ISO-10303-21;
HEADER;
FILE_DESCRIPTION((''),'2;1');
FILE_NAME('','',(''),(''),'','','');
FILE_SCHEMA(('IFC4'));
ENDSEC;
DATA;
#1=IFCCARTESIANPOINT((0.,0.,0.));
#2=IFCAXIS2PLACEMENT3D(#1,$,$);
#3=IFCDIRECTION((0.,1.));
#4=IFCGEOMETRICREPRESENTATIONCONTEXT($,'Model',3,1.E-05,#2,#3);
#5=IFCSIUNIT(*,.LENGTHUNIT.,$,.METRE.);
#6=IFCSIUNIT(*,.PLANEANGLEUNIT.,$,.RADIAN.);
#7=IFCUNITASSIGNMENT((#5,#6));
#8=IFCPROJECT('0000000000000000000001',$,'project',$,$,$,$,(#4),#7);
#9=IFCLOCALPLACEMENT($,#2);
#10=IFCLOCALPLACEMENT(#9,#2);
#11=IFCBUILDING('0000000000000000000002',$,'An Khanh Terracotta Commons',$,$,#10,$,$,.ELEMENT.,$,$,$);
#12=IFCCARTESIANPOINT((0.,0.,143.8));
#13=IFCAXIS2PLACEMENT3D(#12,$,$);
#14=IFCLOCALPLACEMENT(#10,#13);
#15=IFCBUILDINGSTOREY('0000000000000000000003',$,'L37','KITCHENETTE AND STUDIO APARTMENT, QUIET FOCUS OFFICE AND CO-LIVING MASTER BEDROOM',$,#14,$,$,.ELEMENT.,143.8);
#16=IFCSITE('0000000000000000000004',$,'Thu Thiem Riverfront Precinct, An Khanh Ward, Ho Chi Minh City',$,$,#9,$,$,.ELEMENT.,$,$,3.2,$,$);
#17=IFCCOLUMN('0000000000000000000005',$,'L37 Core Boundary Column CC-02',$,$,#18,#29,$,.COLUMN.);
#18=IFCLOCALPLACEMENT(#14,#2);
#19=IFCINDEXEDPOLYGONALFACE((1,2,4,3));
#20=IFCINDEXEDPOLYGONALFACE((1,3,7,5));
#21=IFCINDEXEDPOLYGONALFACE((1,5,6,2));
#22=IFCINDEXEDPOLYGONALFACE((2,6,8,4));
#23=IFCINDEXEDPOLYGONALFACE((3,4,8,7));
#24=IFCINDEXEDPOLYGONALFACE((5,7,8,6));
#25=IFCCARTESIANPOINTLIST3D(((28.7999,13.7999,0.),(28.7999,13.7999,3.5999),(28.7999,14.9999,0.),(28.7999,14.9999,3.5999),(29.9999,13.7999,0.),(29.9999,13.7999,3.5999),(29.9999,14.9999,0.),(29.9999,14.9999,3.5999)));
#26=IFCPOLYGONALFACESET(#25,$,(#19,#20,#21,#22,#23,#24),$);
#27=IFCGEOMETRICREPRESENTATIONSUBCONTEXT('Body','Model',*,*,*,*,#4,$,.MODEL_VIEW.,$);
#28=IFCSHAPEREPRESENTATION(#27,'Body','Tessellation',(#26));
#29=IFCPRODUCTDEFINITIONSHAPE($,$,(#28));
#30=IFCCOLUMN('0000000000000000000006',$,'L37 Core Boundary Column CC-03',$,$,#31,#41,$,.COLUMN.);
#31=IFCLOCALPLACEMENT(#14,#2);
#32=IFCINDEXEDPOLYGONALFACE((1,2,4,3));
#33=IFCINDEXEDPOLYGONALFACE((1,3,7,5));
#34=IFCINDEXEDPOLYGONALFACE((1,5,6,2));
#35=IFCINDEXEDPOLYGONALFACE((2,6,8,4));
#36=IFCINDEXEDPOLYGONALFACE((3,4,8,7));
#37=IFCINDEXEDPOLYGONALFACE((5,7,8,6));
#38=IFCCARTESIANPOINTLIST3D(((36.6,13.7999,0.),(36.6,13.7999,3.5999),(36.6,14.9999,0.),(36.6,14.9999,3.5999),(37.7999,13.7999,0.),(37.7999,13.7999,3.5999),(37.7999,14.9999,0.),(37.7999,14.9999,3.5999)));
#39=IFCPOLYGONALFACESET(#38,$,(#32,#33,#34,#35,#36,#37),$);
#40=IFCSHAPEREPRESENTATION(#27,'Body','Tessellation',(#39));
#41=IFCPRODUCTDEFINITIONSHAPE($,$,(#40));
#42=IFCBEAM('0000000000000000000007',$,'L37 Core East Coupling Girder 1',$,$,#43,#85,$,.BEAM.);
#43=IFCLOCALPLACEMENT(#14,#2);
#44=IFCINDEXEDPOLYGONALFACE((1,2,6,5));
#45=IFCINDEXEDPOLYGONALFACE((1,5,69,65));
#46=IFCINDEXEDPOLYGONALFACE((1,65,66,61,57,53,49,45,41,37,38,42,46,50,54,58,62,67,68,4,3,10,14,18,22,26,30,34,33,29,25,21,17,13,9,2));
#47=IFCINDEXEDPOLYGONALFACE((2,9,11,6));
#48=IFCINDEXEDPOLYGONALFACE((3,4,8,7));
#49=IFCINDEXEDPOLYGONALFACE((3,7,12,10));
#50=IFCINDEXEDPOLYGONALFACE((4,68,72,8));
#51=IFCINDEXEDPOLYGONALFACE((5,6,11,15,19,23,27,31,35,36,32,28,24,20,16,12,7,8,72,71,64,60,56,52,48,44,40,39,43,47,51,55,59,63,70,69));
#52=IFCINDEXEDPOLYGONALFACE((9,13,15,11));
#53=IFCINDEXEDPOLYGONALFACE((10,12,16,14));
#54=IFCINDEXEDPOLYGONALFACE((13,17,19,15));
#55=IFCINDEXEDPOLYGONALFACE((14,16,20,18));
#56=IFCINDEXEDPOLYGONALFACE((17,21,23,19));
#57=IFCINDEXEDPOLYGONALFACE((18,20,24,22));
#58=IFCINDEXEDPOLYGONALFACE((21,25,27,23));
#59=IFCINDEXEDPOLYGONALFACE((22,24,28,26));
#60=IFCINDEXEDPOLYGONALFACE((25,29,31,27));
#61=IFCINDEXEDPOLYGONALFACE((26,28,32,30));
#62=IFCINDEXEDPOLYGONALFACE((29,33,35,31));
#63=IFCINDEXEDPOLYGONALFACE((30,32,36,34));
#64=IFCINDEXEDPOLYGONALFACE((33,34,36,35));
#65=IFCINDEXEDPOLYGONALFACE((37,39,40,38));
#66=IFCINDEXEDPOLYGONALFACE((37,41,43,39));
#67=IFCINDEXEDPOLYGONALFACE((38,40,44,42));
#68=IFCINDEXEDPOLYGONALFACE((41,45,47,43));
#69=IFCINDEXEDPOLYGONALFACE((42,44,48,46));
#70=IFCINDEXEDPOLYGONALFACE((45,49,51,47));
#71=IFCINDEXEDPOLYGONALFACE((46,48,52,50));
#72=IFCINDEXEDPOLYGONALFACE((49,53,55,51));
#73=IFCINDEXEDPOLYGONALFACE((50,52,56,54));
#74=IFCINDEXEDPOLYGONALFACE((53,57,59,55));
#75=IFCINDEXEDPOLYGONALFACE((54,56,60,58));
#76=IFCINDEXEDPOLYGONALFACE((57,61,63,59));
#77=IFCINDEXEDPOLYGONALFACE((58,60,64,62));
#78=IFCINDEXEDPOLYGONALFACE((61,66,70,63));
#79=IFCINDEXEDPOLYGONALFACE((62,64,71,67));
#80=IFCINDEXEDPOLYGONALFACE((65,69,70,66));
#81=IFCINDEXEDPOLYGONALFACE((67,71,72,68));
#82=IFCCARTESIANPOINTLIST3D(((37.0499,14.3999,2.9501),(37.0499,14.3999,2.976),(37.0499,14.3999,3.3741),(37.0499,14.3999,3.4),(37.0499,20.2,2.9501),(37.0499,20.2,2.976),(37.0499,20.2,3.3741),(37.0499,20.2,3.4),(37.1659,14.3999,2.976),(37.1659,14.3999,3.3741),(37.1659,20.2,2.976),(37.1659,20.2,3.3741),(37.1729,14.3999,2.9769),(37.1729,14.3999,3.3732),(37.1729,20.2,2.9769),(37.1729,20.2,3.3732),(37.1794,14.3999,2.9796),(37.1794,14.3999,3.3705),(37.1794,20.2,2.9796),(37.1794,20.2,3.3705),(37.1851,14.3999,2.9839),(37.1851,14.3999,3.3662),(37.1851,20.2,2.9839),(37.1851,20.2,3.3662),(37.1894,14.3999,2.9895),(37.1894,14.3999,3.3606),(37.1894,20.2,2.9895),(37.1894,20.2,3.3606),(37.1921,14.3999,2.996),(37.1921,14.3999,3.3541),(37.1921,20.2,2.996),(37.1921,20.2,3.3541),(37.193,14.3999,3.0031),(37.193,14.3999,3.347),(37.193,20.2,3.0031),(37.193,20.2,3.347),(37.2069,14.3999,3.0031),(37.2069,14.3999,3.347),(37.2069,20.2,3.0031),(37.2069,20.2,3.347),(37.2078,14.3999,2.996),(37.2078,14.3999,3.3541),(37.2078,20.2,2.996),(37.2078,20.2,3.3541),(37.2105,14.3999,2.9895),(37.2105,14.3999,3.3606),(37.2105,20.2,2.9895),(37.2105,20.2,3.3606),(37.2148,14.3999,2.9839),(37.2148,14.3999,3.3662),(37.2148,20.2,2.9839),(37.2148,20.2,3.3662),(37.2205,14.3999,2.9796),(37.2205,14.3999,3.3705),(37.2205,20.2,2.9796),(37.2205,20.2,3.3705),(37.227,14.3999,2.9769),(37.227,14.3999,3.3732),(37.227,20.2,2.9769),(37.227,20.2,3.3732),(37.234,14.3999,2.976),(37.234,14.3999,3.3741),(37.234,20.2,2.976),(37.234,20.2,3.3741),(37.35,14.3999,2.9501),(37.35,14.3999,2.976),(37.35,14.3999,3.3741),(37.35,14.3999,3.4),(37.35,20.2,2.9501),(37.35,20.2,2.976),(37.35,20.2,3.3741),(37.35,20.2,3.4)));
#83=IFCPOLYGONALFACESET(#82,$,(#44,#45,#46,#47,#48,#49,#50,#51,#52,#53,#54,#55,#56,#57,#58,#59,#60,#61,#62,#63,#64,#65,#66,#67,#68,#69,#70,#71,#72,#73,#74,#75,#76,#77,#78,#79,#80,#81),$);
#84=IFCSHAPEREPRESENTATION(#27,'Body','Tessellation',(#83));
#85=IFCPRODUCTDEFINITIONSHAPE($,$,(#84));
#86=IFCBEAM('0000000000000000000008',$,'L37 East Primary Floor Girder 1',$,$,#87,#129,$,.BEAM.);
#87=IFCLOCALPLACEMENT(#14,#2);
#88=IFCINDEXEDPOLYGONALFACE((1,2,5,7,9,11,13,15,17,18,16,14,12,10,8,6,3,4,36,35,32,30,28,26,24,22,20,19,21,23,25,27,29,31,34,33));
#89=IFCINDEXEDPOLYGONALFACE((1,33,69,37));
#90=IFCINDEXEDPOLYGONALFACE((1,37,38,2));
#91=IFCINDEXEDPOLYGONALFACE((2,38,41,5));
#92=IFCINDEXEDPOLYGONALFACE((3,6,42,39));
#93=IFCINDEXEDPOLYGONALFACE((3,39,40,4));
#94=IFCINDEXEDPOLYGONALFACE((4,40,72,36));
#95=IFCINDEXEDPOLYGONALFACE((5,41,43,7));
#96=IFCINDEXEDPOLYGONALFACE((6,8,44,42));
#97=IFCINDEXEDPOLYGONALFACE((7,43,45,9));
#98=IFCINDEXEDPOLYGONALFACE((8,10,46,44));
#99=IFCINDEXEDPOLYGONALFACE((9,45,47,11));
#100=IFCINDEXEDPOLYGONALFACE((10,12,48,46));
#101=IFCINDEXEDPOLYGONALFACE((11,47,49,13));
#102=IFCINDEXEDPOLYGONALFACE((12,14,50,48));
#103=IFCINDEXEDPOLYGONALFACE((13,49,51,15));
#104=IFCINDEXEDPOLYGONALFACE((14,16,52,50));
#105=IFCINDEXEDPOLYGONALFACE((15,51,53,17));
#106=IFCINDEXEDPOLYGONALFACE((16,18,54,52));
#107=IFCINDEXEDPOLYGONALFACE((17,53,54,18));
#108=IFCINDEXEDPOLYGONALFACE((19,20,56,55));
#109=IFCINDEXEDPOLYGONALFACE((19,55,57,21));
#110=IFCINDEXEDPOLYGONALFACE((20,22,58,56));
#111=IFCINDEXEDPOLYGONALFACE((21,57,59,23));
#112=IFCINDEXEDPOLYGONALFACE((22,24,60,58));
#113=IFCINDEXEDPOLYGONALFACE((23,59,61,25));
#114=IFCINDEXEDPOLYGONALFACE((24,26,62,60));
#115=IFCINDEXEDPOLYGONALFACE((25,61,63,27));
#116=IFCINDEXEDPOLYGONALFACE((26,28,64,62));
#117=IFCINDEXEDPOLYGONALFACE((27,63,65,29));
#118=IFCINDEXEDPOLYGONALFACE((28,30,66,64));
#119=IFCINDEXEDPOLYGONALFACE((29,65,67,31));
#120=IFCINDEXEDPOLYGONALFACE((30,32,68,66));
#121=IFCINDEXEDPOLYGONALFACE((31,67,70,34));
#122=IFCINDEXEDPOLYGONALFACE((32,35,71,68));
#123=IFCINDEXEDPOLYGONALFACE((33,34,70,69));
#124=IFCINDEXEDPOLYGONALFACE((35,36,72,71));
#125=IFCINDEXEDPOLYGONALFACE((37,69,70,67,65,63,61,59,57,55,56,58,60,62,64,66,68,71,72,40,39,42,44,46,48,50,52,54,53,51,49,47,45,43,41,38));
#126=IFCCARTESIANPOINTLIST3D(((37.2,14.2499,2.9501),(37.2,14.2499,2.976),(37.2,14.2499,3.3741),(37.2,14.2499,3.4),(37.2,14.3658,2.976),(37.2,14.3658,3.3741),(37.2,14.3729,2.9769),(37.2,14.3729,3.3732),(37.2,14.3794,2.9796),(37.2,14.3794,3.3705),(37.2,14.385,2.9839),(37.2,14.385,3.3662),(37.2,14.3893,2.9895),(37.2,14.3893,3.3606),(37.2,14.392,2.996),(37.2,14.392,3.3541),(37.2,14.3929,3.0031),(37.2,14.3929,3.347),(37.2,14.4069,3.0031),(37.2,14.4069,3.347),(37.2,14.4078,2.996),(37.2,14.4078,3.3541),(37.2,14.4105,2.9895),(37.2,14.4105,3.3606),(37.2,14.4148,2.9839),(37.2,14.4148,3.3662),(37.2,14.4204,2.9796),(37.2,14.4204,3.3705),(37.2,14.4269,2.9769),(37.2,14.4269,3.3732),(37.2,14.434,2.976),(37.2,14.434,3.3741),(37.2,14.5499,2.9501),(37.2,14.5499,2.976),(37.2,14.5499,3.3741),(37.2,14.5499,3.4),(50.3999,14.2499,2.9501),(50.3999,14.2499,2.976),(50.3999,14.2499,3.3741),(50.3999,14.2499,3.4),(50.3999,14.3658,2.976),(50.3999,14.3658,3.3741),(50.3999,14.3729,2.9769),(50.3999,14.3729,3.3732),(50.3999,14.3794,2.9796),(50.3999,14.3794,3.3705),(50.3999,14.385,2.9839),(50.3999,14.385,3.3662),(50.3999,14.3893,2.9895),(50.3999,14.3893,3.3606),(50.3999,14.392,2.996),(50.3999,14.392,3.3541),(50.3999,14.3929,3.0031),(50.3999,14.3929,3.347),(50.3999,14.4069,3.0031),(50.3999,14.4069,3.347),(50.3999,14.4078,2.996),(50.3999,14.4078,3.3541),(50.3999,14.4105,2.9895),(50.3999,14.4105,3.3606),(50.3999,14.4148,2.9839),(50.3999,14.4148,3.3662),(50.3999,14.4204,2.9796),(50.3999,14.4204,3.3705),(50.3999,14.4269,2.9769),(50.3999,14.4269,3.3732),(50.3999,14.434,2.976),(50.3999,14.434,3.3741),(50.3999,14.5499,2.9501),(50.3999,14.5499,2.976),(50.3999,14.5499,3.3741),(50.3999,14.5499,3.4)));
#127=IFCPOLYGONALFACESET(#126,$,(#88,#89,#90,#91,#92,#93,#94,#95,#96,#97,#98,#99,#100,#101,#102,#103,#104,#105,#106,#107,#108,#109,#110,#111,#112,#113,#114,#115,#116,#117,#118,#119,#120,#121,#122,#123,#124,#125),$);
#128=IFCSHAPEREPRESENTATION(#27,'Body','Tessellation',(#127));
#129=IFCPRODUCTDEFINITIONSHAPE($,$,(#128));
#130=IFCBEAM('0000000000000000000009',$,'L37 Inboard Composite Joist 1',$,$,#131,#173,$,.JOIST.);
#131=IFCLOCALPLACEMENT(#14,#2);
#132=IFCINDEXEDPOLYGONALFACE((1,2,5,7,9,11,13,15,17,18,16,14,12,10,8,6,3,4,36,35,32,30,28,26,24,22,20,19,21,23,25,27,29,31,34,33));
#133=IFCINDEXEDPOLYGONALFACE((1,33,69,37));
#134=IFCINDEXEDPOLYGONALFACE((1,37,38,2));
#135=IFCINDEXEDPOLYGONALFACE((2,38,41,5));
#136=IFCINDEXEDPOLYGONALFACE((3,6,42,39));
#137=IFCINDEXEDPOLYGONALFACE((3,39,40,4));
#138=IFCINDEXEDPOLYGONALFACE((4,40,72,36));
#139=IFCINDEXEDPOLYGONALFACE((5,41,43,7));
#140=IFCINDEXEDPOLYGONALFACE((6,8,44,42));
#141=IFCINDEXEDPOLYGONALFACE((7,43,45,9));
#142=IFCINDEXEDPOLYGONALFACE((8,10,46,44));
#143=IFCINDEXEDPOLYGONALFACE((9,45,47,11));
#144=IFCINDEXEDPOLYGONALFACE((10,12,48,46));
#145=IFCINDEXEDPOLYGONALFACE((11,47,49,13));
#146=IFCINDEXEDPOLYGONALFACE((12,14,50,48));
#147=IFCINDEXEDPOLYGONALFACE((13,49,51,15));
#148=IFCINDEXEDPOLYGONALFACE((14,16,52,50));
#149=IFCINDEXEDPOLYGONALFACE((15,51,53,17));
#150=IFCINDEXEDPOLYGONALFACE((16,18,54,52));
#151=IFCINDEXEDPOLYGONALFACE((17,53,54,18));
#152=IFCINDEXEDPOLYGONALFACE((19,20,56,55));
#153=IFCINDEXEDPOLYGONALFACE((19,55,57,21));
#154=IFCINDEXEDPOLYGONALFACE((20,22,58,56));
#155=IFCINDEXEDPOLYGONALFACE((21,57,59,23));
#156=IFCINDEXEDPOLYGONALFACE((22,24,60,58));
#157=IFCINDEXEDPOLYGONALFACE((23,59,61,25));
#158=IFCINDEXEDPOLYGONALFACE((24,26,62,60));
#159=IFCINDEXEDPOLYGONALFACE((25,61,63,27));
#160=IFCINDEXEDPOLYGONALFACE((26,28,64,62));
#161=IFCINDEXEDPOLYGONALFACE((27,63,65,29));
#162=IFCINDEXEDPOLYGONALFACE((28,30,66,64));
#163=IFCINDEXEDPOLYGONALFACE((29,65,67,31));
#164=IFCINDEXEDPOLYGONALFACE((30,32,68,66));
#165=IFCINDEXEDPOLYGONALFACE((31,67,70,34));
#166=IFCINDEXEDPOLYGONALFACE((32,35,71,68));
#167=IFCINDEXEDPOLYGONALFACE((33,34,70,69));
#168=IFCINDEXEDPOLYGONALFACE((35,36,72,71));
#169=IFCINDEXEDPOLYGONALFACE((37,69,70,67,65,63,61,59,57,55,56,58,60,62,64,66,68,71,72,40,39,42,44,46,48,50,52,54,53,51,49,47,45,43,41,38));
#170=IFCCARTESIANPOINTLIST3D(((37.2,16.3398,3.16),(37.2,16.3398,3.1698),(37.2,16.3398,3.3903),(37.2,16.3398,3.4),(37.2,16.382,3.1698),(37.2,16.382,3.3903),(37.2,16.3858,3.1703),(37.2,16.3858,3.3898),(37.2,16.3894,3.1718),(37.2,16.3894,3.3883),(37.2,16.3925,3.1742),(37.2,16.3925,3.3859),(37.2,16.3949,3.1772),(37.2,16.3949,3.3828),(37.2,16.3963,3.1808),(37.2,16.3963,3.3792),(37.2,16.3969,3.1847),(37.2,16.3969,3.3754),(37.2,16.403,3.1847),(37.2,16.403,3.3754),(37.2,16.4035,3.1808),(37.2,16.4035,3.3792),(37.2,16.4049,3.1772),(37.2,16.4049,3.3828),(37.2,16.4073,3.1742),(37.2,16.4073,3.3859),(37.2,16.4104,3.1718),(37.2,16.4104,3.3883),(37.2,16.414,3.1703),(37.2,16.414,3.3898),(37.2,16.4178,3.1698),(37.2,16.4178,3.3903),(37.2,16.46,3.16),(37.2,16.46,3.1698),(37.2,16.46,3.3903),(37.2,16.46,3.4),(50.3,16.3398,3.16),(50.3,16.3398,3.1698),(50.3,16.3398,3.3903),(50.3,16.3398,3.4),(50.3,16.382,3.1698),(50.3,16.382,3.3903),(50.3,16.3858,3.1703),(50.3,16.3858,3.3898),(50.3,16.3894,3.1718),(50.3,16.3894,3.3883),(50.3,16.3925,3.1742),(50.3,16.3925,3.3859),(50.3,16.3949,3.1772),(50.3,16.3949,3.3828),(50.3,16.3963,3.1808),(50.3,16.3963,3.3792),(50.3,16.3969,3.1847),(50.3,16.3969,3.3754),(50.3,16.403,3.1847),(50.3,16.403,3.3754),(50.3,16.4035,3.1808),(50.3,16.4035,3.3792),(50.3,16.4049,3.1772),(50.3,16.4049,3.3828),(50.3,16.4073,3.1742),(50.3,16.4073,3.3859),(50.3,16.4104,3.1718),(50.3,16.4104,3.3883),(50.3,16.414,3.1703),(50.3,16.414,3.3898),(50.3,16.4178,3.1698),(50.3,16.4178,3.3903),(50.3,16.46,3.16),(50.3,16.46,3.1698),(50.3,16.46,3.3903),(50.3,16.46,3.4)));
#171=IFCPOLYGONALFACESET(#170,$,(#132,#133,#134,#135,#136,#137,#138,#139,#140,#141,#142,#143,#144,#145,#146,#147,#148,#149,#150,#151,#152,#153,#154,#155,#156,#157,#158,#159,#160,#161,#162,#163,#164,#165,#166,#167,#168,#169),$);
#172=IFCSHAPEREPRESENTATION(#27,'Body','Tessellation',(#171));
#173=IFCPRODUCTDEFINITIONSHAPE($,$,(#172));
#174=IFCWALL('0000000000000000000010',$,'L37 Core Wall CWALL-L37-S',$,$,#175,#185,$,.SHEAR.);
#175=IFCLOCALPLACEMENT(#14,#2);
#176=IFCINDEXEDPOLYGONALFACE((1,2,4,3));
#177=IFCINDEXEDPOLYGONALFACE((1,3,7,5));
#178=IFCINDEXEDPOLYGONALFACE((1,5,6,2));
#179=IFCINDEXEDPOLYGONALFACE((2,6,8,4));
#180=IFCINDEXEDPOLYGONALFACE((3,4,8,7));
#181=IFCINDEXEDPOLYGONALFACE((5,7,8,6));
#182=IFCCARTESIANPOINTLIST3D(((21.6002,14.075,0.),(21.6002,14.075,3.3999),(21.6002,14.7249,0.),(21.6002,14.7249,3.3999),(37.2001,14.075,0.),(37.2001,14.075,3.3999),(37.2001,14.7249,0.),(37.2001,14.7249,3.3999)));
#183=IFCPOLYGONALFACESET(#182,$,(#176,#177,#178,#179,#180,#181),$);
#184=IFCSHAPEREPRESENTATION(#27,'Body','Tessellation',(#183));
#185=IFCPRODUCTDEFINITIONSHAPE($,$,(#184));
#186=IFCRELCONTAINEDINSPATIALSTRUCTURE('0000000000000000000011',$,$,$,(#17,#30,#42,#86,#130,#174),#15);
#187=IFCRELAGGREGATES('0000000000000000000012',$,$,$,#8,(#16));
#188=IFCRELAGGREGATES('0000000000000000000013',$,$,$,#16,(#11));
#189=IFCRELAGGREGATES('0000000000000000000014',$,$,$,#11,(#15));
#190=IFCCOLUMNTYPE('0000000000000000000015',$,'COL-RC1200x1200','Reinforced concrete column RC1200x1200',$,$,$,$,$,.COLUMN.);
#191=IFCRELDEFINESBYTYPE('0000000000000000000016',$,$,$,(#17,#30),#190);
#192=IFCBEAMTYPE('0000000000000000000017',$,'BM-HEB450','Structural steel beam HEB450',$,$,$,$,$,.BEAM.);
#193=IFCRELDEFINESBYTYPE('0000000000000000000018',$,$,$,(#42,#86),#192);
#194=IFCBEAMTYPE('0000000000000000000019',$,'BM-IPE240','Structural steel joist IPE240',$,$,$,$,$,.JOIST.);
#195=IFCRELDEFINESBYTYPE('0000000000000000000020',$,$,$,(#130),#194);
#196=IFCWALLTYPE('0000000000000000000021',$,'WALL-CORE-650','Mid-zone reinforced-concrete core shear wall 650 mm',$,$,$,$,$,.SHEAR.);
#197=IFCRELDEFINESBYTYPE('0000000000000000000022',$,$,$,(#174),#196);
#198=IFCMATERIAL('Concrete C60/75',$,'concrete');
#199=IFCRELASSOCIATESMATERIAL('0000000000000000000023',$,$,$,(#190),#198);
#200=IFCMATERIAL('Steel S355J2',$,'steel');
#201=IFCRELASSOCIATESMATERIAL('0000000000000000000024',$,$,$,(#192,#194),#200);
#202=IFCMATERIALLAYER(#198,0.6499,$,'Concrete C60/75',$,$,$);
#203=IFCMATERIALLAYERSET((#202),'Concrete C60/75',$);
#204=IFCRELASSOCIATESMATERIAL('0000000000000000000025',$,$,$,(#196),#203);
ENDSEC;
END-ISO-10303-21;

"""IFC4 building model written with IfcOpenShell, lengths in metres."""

from ifc_helpers import new_model, si_unit, direction, frame, frame_2d, origin, origin_2d, place, context, subcontext, project, spatial, rectangle, i_section, extrude, material, layer, layer_set, material_profile, profile_set, type_object, element, save


model = new_model("IFC4")

# Units and contexts
model_context = context("Model", 3, precision=1e-05, world=origin(), true_north=direction((0.0, 1.0)))
body_context = subcontext(model_context, "Body", "Model", "MODEL_VIEW")
ifc_project = project(units=[si_unit("LENGTHUNIT", "METRE"), si_unit("PLANEANGLEUNIT", "RADIAN")], contexts=[model_context])

# Site, building, storey
site_placement = place(None, origin())
site = spatial("IfcSite", under=ifc_project, at=site_placement, Name="Thu Thiem Riverfront Precinct, An Khanh Ward, Ho Chi Minh City", CompositionType="ELEMENT", RefElevation=3.2)
building_placement = place(site_placement, origin())
building = spatial("IfcBuilding", under=site, at=building_placement, Name="An Khanh Terracotta Commons", CompositionType="ELEMENT")
storey_placement = place(building_placement, frame((0.0, 0.0, 143.8)))
storey = spatial("IfcBuildingStorey", under=building, at=storey_placement, Name="L37", Description="KITCHENETTE AND STUDIO APARTMENT, QUIET FOCUS OFFICE AND CO-LIVING MASTER BEDROOM", CompositionType="ELEMENT", Elevation=143.8)

# Columns
ifc_material_1 = material(Name="Concrete C60/75", Category="concrete")
ifc_material_profile_1 = material_profile(ifc_material_1, rectangle(XDim=1.2, YDim=1.2, at=origin_2d()), Name="RC1200x1200")
ifc_profile_set_1 = profile_set([ifc_material_profile_1], Name="Concrete C60/75")
column_type = type_object("IfcColumnType", Name="COL-RC1200x1200", Description="Reinforced concrete column RC1200x1200", PredefinedType="COLUMN", material=ifc_profile_set_1)
for number, where, z_axis, x_axis, name in (
    (1, (29.3999, 14.3999, 0.0), (0.0, 0.0, 1.0), (1.0, 0.0, 0.0), "L37 Core Boundary Column CC-02"),
    (2, (37.2, 14.3999, 0.0), (0.0, 0.0, 1.0), (1.0, 0.0, 0.0), "L37 Core Boundary Column CC-03"),
):
    element("IfcColumn", number, at=place(storey_placement, frame(where, z_axis=z_axis, x_axis=x_axis)), inside=storey, type_object=column_type, Name=name, PredefinedType="COLUMN", context=body_context, shape_type="SweptSolid", body=[
        extrude(rectangle(XDim=1.2, YDim=1.2, at=origin_2d()), origin(), (0.0, 0.0, 1.0), 3.5999),
    ])

# Beams
ifc_material_2 = material(Name="Steel S355J2", Category="steel")
ifc_material_profile_2 = material_profile(ifc_material_2, i_section(OverallWidth=0.3, OverallDepth=0.45, WebThickness=0.0139, FlangeThickness=0.0259, FilletRadius=0.0271, at=origin_2d()), Name="HEB450")
ifc_profile_set_2 = profile_set([ifc_material_profile_2], Name="Steel S355J2")
beam_type_1 = type_object("IfcBeamType", Name="BM-HEB450", Description="Structural steel beam HEB450", PredefinedType="BEAM", material=ifc_profile_set_2)
beam_1_placement = place(storey_placement, frame((37.2, 14.3999, 3.175), z_axis=(0.0, 1.0, 0.0), x_axis=(-1.0, 0.0, 0.0)))
element("IfcBeam", 3, at=beam_1_placement, inside=storey, type_object=beam_type_1, Name="L37 Core East Coupling Girder 1", PredefinedType="BEAM", context=body_context, shape_type="SweptSolid", body=[
    extrude(i_section(OverallWidth=0.3, OverallDepth=0.45, WebThickness=0.0139, FlangeThickness=0.0259, FilletRadius=0.0271, at=origin_2d()), origin(), (0.0, 0.0, 1.0), 5.8),
])
beam_2_placement = place(storey_placement, frame((37.2, 14.3999, 3.175), z_axis=(1.0, 0.0, 0.0), x_axis=(0.0, 1.0, 0.0)))
element("IfcBeam", 4, at=beam_2_placement, inside=storey, type_object=beam_type_1, Name="L37 East Primary Floor Girder 1", PredefinedType="BEAM", context=body_context, shape_type="SweptSolid", body=[
    extrude(i_section(OverallWidth=0.3, OverallDepth=0.45, WebThickness=0.0139, FlangeThickness=0.0259, FilletRadius=0.0271, at=origin_2d()), origin(), (0.0, 0.0, 1.0), 13.2),
])
ifc_material_profile_3 = material_profile(ifc_material_2, i_section(OverallWidth=0.1201, OverallDepth=0.24, WebThickness=0.0061, FlangeThickness=0.0098, FilletRadius=0.0149, at=origin_2d()), Name="IPE240")
ifc_profile_set_3 = profile_set([ifc_material_profile_3], Name="Steel S355J2")
beam_type_2 = type_object("IfcBeamType", Name="BM-IPE240", Description="Structural steel joist IPE240", PredefinedType="JOIST", material=ifc_profile_set_3)
beam_3_placement = place(storey_placement, frame((37.2, 16.3999, 3.28), z_axis=(1.0, 0.0, 0.0), x_axis=(0.0, 1.0, 0.0)))
element("IfcBeam", 5, at=beam_3_placement, inside=storey, type_object=beam_type_2, Name="L37 Inboard Composite Joist 1", PredefinedType="JOIST", context=body_context, shape_type="SweptSolid", body=[
    extrude(i_section(OverallWidth=0.1201, OverallDepth=0.24, WebThickness=0.0061, FlangeThickness=0.0098, FilletRadius=0.0149, at=origin_2d()), origin(), (0.0, 0.0, 1.0), 13.1001),
])

# Wall
ifc_layer_1 = layer(ifc_material_1, 0.6499, Name="Concrete C60/75")
ifc_layer_set_1 = layer_set([ifc_layer_1], Name="Concrete C60/75")
wall_type_1 = type_object("IfcWallType", Name="WALL-CORE-650", Description="Mid-zone reinforced-concrete core shear wall 650 mm", PredefinedType="SHEAR", material=ifc_layer_set_1)
wall_1_placement = place(storey_placement, frame((37.2, 14.3999, 0.0), z_axis=(0.0, 0.0, 1.0), x_axis=(-1.0, 0.0, 0.0)))
element("IfcWall", 6, at=wall_1_placement, inside=storey, type_object=wall_type_1, Name="L37 Core Wall CWALL-L37-S", PredefinedType="SHEAR", context=body_context, shape_type="SweptSolid", body=[
    extrude(rectangle(XDim=15.5999, YDim=0.6499, at=frame_2d((7.7998, 0.0))), origin(), (0.0, 0.0, 1.0), 3.3999),
])

save(model, "model.ifc")
